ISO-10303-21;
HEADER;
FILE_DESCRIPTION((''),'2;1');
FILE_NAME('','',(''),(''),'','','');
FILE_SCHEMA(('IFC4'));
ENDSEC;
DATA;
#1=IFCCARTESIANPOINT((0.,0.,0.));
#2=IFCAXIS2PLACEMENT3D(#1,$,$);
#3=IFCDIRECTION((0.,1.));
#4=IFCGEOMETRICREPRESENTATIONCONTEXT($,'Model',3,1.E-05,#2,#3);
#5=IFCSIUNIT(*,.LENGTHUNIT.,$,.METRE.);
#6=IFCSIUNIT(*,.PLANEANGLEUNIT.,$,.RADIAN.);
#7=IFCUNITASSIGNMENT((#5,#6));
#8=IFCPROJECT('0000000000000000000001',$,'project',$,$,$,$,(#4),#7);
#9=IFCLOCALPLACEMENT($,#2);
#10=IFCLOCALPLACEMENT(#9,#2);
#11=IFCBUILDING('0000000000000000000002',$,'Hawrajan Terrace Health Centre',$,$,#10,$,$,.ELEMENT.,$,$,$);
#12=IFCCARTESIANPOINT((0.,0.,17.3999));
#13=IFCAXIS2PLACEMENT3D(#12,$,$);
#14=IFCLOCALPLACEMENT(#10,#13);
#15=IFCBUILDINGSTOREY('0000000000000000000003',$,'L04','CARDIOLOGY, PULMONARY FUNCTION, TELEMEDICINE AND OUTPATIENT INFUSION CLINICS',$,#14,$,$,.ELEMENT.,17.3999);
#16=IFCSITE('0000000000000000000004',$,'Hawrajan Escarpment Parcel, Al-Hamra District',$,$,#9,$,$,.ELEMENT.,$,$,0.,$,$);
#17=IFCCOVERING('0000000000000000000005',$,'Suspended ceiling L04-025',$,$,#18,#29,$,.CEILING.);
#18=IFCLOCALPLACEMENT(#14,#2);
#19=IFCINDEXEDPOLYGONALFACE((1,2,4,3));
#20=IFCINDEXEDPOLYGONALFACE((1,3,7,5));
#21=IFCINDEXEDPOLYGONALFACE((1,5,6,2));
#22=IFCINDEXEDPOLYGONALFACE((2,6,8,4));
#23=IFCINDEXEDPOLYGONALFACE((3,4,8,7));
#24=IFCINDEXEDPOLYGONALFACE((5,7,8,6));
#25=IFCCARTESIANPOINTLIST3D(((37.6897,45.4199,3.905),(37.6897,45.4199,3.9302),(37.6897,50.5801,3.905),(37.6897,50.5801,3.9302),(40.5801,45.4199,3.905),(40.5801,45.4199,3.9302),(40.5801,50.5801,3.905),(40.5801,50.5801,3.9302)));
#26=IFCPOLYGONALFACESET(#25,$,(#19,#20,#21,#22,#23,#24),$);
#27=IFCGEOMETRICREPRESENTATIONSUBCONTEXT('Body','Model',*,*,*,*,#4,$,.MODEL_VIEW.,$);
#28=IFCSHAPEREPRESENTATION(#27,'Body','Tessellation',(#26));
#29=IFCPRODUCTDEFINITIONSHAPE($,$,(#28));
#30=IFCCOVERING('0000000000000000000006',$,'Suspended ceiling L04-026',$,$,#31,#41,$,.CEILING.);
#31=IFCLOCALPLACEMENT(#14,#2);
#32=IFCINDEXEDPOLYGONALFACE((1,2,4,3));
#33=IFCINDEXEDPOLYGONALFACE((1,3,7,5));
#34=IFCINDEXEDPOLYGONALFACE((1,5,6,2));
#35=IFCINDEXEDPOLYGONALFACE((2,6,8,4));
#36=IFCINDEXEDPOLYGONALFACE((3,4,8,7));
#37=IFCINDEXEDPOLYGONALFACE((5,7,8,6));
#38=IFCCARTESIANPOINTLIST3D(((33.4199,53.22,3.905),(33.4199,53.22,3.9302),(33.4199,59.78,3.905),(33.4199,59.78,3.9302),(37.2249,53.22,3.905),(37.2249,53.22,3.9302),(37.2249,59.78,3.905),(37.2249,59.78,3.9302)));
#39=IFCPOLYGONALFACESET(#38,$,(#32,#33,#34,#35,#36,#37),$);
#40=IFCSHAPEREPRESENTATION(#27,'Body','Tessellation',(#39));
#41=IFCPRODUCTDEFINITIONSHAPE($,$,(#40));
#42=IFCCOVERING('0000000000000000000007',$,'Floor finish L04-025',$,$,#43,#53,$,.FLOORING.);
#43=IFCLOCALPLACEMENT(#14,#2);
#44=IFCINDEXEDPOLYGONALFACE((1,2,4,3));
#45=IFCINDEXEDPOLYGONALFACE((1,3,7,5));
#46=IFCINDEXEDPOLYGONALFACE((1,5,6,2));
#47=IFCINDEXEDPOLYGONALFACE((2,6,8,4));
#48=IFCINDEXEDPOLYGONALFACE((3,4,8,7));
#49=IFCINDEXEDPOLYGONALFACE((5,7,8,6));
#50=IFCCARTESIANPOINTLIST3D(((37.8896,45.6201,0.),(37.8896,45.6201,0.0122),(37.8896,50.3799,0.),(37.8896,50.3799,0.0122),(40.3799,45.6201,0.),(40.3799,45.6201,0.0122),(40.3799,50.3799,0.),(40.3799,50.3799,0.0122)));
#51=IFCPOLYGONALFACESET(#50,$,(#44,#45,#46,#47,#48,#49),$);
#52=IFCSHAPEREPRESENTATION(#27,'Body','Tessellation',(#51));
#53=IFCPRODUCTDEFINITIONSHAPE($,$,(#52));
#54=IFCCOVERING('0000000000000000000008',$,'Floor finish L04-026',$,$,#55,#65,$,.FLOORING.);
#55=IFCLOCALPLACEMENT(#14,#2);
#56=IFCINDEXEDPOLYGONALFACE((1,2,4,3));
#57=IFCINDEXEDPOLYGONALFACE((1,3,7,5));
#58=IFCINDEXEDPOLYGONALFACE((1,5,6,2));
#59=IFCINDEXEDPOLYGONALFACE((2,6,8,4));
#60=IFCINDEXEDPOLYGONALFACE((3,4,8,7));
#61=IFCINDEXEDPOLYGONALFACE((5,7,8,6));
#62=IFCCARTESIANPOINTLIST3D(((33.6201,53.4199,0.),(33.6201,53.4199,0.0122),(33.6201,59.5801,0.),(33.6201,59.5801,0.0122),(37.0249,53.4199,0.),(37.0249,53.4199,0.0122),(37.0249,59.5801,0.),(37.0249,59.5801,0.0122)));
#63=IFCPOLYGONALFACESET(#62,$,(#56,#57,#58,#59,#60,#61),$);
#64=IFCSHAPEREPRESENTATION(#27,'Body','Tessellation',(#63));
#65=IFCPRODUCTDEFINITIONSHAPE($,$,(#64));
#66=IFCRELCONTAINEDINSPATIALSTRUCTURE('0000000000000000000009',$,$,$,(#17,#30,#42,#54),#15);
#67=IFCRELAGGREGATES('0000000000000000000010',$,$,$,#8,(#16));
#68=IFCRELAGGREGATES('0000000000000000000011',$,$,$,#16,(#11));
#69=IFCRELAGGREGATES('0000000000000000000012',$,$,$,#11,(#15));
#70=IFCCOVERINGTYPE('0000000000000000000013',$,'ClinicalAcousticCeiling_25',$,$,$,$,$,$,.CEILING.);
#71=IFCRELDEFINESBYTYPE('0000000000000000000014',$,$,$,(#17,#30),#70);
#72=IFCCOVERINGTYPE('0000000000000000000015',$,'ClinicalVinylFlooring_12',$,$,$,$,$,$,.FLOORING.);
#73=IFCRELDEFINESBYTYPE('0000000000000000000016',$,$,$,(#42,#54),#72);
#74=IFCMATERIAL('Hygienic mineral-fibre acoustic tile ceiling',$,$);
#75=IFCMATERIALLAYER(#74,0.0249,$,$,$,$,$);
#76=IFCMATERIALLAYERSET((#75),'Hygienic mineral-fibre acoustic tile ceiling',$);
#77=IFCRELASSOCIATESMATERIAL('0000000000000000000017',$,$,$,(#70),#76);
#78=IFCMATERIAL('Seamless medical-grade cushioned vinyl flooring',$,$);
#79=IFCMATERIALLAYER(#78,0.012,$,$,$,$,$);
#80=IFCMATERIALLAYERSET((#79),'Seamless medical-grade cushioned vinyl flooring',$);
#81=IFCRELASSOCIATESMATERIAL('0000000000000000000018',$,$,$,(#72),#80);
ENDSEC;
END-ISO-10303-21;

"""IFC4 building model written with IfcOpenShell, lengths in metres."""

from ifc_helpers import new_model, si_unit, direction, frame, origin, place, context, subcontext, project, spatial, polyline, outline, extrude, material, layer, layer_set, type_object, element, save


model = new_model("IFC4")

# Units and contexts
model_context = context("Model", 3, precision=1e-05, world=origin(), true_north=direction((0.0, 1.0)))
body_context = subcontext(model_context, "Body", "Model", "MODEL_VIEW")
ifc_project = project(units=[si_unit("LENGTHUNIT", "METRE"), si_unit("PLANEANGLEUNIT", "RADIAN")], contexts=[model_context])

# Site, building, storey
site_placement = place(None, origin())
site = spatial("IfcSite", under=ifc_project, at=site_placement, Name="Hawrajan Escarpment Parcel, Al-Hamra District", CompositionType="ELEMENT", RefElevation=0.0)
building_placement = place(site_placement, origin())
building = spatial("IfcBuilding", under=site, at=building_placement, Name="Hawrajan Terrace Health Centre", CompositionType="ELEMENT")
storey_placement = place(building_placement, frame((0.0, 0.0, 17.3999)))
storey = spatial("IfcBuildingStorey", under=building, at=storey_placement, Name="L04", Description="CARDIOLOGY, PULMONARY FUNCTION, TELEMEDICINE AND OUTPATIENT INFUSION CLINICS", CompositionType="ELEMENT", Elevation=17.3999)

# Coverings
ifc_material_1 = material(Name="Hygienic mineral-fibre acoustic tile ceiling")
ifc_layer_1 = layer(ifc_material_1, 0.0249)
ifc_layer_set_1 = layer_set([ifc_layer_1], Name="Hygienic mineral-fibre acoustic tile ceiling")
covering_type_1 = type_object("IfcCoveringType", Name="ClinicalAcousticCeiling_25", PredefinedType="CEILING", material=ifc_layer_set_1)
covering_1_placement = place(storey_placement, frame((0.0, 0.0, 3.905)))
element("IfcCovering", 1, at=covering_1_placement, inside=storey, type_object=covering_type_1, Name="Suspended ceiling L04-025", PredefinedType="CEILING", context=body_context, shape_type="SweptSolid", body=[
    extrude(outline(polyline([(37.6897, 50.5801), (40.5801, 50.5801), (40.5801, 45.4199), (37.6897, 45.4199), (37.6897, 50.5801)])), origin(), (0.0, 0.0, 1.0), 0.0251),
])
covering_2_placement = place(storey_placement, frame((0.0, 0.0, 3.905)))
element("IfcCovering", 2, at=covering_2_placement, inside=storey, type_object=covering_type_1, Name="Suspended ceiling L04-026", PredefinedType="CEILING", context=body_context, shape_type="SweptSolid", body=[
    extrude(outline(polyline([(33.4199, 59.78), (37.2249, 59.78), (37.2249, 53.22), (33.4199, 53.22), (33.4199, 59.78)])), origin(), (0.0, 0.0, 1.0), 0.0251),
])
ifc_material_2 = material(Name="Seamless medical-grade cushioned vinyl flooring")
ifc_layer_2 = layer(ifc_material_2, 0.012)
ifc_layer_set_2 = layer_set([ifc_layer_2], Name="Seamless medical-grade cushioned vinyl flooring")
covering_type_2 = type_object("IfcCoveringType", Name="ClinicalVinylFlooring_12", PredefinedType="FLOORING", material=ifc_layer_set_2)
covering_3_placement = place(storey_placement, origin())
element("IfcCovering", 3, at=covering_3_placement, inside=storey, type_object=covering_type_2, Name="Floor finish L04-025", PredefinedType="FLOORING", context=body_context, shape_type="SweptSolid", body=[
    extrude(outline(polyline([(37.8896, 50.3799), (40.3799, 50.3799), (40.3799, 45.6201), (37.8896, 45.6201), (37.8896, 50.3799)])), origin(), (0.0, 0.0, 1.0), 0.0122),
])
covering_4_placement = place(storey_placement, origin())
element("IfcCovering", 4, at=covering_4_placement, inside=storey, type_object=covering_type_2, Name="Floor finish L04-026", PredefinedType="FLOORING", context=body_context, shape_type="SweptSolid", body=[
    extrude(outline(polyline([(33.6201, 59.5801), (37.0249, 59.5801), (37.0249, 53.4199), (33.6201, 53.4199), (33.6201, 59.5801)])), origin(), (0.0, 0.0, 1.0), 0.0122),
])

save(model, "model.ifc")
